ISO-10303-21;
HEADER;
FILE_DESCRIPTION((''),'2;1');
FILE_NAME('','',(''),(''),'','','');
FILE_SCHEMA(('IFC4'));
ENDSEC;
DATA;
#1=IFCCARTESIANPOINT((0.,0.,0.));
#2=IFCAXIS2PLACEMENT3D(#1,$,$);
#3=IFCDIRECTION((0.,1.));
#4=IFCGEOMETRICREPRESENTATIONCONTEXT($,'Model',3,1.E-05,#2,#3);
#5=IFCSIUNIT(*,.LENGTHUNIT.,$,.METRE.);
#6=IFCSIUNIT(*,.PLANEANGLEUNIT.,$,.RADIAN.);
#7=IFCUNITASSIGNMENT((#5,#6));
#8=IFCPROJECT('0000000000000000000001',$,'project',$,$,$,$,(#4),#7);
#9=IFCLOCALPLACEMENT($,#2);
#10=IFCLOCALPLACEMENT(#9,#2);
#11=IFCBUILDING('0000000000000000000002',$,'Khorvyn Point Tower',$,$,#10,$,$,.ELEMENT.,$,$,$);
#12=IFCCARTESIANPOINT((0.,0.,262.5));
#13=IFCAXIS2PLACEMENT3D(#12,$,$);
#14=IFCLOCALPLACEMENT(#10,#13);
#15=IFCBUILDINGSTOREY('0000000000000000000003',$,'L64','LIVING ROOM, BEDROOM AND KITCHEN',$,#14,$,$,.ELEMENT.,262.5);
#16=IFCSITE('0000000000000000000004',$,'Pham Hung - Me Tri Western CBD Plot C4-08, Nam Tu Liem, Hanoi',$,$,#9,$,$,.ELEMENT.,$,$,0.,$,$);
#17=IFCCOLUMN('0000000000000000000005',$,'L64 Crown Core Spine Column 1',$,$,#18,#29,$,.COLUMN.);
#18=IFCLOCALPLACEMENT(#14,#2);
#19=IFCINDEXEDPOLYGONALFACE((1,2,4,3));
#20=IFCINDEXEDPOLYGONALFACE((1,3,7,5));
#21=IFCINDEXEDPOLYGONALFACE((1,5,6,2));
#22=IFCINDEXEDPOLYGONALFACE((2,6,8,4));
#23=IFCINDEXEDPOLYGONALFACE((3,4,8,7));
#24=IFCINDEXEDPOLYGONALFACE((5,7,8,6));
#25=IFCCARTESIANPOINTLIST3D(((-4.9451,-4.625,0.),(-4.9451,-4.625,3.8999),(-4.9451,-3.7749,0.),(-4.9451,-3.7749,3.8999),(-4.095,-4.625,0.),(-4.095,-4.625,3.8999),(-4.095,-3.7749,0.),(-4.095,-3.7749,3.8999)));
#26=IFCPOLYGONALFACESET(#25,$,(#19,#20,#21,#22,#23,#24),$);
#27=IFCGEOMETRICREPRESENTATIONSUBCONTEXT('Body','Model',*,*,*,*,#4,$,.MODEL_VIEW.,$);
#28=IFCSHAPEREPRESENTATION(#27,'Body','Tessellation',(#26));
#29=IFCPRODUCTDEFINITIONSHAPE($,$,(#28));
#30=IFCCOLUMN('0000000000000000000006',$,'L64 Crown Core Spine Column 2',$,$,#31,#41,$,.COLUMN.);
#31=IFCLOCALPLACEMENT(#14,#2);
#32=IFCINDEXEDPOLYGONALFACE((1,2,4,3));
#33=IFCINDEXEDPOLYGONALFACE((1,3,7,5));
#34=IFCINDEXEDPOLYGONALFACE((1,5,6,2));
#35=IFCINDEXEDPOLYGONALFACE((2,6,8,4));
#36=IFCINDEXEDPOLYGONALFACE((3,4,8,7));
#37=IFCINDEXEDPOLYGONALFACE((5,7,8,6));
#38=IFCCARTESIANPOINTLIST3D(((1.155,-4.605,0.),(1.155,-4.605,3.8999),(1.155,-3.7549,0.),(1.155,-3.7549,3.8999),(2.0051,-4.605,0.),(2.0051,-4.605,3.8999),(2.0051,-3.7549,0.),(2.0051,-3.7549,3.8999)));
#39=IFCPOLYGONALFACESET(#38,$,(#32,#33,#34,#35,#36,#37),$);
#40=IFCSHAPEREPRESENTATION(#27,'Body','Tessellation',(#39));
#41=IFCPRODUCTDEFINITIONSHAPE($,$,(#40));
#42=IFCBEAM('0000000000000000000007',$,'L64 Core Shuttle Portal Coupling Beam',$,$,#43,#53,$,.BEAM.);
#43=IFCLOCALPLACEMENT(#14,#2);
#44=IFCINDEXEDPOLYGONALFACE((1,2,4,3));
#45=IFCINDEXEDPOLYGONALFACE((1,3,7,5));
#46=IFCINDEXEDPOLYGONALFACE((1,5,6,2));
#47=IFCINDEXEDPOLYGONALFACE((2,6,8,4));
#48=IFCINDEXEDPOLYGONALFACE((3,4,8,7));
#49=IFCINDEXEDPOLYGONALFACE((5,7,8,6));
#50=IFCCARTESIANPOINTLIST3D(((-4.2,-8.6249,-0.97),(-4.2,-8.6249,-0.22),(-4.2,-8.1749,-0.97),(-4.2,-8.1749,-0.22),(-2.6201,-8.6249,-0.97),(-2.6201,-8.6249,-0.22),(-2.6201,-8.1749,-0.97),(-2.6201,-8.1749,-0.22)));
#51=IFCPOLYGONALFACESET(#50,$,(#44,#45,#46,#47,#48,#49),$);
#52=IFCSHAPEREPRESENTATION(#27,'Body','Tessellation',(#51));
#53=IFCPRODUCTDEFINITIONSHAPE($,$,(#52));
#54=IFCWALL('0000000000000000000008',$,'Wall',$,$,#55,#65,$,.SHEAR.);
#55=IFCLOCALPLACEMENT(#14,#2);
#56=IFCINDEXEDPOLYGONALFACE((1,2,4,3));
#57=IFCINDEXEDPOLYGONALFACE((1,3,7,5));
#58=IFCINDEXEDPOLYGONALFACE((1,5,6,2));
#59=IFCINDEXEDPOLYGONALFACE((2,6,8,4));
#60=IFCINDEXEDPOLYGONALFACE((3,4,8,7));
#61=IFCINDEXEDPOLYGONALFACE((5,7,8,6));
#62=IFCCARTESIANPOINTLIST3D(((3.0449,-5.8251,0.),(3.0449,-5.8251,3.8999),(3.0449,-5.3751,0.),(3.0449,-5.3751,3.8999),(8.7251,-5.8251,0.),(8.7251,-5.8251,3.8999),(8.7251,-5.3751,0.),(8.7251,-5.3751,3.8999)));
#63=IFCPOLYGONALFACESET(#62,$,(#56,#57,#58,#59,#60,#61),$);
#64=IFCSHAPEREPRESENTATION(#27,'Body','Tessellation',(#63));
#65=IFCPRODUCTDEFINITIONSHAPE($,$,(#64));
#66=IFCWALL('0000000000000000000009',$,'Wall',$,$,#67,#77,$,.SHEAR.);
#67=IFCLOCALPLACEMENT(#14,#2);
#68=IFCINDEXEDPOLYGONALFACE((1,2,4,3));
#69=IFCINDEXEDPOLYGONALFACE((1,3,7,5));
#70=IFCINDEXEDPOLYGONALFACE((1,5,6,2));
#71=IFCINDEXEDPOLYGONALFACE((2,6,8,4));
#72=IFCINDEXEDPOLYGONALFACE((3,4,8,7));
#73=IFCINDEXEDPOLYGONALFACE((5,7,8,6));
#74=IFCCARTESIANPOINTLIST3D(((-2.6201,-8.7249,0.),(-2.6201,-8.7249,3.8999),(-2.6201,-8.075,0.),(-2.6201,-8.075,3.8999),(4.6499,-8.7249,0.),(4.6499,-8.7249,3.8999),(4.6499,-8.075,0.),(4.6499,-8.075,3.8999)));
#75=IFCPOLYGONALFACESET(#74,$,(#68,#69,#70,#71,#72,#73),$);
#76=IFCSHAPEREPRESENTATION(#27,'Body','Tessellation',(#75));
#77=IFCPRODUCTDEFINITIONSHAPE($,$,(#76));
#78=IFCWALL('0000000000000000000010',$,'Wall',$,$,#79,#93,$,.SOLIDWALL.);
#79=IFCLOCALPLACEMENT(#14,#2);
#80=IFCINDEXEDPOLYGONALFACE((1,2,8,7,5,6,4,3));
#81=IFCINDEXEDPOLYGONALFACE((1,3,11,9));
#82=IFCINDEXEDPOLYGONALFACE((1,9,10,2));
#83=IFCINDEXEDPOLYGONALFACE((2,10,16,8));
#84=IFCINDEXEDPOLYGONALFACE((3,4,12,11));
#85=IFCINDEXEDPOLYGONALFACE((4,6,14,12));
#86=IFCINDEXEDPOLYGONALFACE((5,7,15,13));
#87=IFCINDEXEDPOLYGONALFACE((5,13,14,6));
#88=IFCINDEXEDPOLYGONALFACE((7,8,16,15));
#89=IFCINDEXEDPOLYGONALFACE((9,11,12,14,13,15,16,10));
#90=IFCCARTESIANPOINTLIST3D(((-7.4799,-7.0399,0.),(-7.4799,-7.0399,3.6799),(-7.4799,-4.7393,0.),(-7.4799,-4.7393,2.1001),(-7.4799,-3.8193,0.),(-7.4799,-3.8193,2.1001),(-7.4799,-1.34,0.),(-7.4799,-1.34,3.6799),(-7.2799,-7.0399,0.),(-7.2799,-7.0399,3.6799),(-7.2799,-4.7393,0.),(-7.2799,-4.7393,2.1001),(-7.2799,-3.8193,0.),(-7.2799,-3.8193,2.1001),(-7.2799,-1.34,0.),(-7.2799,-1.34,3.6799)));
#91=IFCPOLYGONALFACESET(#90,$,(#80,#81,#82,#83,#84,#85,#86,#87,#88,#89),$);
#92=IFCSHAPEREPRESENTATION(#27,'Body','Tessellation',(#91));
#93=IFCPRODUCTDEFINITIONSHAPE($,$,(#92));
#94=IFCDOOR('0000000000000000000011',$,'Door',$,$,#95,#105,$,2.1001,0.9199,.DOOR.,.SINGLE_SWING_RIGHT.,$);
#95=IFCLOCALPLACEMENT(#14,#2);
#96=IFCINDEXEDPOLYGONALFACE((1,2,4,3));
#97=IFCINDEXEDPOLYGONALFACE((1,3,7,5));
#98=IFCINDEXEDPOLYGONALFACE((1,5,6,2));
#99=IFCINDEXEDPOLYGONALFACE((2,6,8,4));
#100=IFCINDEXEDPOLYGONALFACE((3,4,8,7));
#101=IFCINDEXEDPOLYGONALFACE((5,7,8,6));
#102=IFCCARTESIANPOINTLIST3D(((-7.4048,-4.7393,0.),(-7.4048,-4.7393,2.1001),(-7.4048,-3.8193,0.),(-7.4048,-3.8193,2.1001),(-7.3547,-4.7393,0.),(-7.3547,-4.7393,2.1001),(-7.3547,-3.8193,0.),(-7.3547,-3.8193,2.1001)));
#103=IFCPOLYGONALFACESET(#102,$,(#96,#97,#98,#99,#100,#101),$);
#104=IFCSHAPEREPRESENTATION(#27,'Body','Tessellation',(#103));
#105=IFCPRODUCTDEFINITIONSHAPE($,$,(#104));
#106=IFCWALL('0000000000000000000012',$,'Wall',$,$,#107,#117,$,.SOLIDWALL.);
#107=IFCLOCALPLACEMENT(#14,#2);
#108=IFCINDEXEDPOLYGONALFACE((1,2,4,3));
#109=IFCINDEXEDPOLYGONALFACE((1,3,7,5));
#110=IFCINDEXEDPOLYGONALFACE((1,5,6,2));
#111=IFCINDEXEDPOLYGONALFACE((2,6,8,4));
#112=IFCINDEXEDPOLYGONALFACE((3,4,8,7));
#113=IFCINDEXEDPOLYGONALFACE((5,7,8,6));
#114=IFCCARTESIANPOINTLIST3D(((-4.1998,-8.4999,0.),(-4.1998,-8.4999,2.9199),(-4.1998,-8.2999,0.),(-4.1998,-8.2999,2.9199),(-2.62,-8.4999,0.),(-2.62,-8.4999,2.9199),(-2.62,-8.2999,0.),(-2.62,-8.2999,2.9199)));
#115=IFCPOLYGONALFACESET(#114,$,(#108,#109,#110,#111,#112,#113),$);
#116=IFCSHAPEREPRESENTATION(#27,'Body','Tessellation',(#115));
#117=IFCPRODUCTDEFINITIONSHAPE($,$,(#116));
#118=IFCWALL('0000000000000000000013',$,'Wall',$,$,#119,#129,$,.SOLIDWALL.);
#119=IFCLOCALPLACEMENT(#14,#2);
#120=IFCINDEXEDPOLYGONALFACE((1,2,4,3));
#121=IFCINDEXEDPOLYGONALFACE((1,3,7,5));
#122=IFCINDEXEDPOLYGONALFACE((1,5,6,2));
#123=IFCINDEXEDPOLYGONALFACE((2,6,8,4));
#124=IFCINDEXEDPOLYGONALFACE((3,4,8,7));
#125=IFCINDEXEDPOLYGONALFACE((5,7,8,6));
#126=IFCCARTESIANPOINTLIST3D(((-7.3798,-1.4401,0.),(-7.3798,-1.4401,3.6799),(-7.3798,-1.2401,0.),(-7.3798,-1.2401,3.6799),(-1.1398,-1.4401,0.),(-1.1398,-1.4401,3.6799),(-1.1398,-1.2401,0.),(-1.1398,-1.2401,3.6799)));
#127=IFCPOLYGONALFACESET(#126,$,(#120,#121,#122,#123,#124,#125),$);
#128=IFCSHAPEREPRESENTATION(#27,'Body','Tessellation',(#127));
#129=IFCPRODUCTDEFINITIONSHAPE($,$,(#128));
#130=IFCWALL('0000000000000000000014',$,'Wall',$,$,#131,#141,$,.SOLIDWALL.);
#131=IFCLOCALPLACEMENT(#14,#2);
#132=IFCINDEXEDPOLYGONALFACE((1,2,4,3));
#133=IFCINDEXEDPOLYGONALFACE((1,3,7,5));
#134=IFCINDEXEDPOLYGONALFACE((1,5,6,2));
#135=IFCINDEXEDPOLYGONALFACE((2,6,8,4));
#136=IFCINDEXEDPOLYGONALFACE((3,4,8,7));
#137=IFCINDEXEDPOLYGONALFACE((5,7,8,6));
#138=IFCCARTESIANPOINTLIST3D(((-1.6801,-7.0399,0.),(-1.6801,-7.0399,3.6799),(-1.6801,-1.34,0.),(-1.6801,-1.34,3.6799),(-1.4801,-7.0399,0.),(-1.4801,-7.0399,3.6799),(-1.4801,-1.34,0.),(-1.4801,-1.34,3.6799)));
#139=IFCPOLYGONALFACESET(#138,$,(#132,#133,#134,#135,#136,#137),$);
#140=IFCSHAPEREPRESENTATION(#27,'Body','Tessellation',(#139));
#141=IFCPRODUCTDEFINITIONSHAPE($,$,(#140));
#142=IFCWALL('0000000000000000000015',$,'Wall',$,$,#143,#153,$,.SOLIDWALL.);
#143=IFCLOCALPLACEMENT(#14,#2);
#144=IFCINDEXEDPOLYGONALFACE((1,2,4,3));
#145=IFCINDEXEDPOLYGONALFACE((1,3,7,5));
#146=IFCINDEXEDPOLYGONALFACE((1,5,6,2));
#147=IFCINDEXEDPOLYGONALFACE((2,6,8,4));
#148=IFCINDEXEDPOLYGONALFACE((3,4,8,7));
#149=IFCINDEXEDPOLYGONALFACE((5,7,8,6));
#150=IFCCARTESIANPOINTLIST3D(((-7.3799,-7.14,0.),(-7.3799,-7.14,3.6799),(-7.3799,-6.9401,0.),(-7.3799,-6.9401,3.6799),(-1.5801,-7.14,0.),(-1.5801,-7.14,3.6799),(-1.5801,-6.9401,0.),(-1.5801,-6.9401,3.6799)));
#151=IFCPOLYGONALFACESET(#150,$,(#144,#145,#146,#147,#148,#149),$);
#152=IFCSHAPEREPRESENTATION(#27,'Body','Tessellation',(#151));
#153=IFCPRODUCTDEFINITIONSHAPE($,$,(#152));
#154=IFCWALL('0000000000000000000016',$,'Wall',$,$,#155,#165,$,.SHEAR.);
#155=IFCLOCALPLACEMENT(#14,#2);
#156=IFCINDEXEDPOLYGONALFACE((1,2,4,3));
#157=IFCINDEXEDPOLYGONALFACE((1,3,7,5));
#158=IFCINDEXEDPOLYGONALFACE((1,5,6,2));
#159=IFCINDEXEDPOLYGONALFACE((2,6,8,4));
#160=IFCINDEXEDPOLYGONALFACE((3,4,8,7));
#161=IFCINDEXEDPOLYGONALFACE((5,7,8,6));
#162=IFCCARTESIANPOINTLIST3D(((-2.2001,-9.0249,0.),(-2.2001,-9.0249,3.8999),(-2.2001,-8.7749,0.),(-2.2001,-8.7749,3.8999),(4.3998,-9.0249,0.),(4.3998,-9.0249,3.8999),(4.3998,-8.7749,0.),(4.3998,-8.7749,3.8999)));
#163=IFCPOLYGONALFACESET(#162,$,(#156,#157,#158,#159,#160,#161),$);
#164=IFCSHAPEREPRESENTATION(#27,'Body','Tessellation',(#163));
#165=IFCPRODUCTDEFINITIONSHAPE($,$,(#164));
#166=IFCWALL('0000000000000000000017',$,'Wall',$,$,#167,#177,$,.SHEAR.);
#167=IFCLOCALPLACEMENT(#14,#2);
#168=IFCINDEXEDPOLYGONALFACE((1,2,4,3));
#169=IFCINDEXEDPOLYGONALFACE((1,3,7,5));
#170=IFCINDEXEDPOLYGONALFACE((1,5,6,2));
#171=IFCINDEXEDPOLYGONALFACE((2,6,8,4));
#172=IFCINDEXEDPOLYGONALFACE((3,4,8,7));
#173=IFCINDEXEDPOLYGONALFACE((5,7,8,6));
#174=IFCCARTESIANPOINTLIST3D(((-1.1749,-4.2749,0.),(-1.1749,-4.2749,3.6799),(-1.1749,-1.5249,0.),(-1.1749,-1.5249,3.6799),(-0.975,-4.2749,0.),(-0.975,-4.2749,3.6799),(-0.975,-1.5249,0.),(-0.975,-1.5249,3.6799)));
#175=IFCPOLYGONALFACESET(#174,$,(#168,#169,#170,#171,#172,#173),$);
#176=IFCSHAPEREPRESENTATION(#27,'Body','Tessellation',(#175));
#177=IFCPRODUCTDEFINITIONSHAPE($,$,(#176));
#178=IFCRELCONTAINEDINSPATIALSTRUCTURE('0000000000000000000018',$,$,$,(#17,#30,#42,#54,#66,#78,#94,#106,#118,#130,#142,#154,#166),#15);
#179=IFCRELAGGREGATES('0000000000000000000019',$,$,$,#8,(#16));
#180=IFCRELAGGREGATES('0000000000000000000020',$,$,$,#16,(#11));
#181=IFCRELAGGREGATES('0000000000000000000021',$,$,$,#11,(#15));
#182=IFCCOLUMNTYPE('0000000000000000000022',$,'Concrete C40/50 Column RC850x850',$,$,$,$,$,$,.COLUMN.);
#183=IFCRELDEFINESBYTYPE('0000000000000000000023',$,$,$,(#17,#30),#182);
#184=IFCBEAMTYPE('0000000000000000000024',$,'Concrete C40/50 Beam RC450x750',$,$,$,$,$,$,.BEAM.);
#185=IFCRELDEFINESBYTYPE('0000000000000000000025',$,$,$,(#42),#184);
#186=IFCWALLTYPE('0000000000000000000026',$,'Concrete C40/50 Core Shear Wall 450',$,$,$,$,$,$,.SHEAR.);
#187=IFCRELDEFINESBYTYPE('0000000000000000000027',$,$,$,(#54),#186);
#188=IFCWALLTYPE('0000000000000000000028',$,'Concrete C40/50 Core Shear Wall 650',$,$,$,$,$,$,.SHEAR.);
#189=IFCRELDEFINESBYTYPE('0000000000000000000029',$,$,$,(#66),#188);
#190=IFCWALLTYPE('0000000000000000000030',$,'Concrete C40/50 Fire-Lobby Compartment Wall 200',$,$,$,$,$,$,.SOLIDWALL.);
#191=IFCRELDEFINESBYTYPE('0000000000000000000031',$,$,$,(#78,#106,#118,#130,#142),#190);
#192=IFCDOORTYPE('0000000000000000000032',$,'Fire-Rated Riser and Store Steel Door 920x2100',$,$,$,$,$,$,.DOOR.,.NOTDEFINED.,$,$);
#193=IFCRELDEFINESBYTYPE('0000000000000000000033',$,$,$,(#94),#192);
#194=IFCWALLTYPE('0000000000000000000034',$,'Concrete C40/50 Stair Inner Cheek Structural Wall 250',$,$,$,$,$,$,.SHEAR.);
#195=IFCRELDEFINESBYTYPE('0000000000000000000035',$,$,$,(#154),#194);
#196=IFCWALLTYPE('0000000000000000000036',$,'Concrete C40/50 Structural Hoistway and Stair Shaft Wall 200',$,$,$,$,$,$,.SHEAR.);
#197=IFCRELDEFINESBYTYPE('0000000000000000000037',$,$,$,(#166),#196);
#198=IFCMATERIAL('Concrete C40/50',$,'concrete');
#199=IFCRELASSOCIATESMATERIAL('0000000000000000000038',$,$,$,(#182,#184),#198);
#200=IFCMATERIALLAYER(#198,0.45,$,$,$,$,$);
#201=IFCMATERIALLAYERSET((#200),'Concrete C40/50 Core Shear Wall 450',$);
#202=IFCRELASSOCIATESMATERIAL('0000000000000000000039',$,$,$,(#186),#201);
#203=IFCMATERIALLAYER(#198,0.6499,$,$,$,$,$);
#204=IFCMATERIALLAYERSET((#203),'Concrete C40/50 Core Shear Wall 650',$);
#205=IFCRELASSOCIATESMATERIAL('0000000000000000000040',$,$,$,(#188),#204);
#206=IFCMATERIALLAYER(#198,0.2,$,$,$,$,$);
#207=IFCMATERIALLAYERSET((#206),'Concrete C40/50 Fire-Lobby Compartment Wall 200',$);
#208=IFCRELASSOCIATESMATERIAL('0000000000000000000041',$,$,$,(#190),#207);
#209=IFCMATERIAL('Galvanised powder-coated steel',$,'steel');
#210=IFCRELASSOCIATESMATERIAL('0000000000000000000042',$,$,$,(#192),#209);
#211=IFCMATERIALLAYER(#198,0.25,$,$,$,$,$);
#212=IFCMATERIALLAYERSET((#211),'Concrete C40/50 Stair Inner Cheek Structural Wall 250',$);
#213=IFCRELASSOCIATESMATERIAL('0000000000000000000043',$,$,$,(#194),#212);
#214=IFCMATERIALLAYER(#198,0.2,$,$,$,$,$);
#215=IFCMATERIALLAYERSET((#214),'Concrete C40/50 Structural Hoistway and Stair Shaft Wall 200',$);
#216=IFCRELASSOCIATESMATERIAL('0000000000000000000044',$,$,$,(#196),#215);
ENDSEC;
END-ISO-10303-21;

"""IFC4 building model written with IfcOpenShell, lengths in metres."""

from ifc_helpers import new_model, si_unit, direction, frame, frame_2d, origin, origin_2d, place, context, subcontext, project, spatial, rectangle, extrude, material, layer, layer_set, material_profile, profile_set, type_object, element, fill, save


model = new_model("IFC4")

# Units and contexts
model_context = context("Model", 3, precision=1e-05, world=origin(), true_north=direction((0.0, 1.0)))
body_context = subcontext(model_context, "Body", "Model", "MODEL_VIEW")
ifc_project = project(units=[si_unit("LENGTHUNIT", "METRE"), si_unit("PLANEANGLEUNIT", "RADIAN")], contexts=[model_context])

# Site, building, storey
site_placement = place(None, origin())
site = spatial("IfcSite", under=ifc_project, at=site_placement, Name="Pham Hung - Me Tri Western CBD Plot C4-08, Nam Tu Liem, Hanoi", CompositionType="ELEMENT", RefElevation=0.0)
building_placement = place(site_placement, origin())
building = spatial("IfcBuilding", under=site, at=building_placement, Name="Khorvyn Point Tower", CompositionType="ELEMENT")
storey_placement = place(building_placement, frame((0.0, 0.0, 262.5)))
storey = spatial("IfcBuildingStorey", under=building, at=storey_placement, Name="L64", Description="LIVING ROOM, BEDROOM AND KITCHEN", CompositionType="ELEMENT", Elevation=262.5)

# Columns
ifc_material_1 = material(Name="Concrete C40/50", Category="concrete")
ifc_material_profile_1 = material_profile(ifc_material_1, rectangle(XDim=0.8501, YDim=0.8501, at=origin_2d()))
ifc_profile_set_1 = profile_set([ifc_material_profile_1], Name="Concrete C40/50 RC850x850")
column_type = type_object("IfcColumnType", Name="Concrete C40/50 Column RC850x850", PredefinedType="COLUMN", material=ifc_profile_set_1)
for number, where, z_axis, x_axis, name in (
    (1, (-4.52, -4.2, 0.0), (0.0, 0.0, 1.0), (1.0, 0.0, 0.0), "L64 Crown Core Spine Column 1"),
    (2, (1.5801, -4.1799, 0.0), (0.0, 0.0, 1.0), (1.0, 0.0, 0.0), "L64 Crown Core Spine Column 2"),
):
    element("IfcColumn", number, at=place(storey_placement, frame(where, z_axis=z_axis, x_axis=x_axis)), inside=storey, type_object=column_type, Name=name, PredefinedType="COLUMN", context=body_context, shape_type="SweptSolid", body=[
        extrude(rectangle(XDim=0.8501, YDim=0.8501, at=origin_2d()), origin(), (0.0, 0.0, 1.0), 3.8999),
    ])

# Beam
ifc_material_profile_2 = material_profile(ifc_material_1, rectangle(XDim=0.45, YDim=0.75, at=origin_2d()))
ifc_profile_set_2 = profile_set([ifc_material_profile_2], Name="Concrete C40/50 RC450x750")
beam_type = type_object("IfcBeamType", Name="Concrete C40/50 Beam RC450x750", PredefinedType="BEAM", material=ifc_profile_set_2)
beam_placement = place(storey_placement, frame((-4.2, -8.3999, -0.595), z_axis=(1.0, 0.0, 0.0), x_axis=(0.0, 1.0, 0.0)))
element("IfcBeam", 3, at=beam_placement, inside=storey, type_object=beam_type, Name="L64 Core Shuttle Portal Coupling Beam", PredefinedType="BEAM", context=body_context, shape_type="SweptSolid", body=[
    extrude(rectangle(XDim=0.45, YDim=0.75, at=origin_2d()), origin(), (0.0, 0.0, 1.0), 1.5798),
])

# Walls
ifc_layer_1 = layer(ifc_material_1, 0.45)
ifc_layer_set_1 = layer_set([ifc_layer_1], Name="Concrete C40/50 Core Shear Wall 450")
wall_type_1 = type_object("IfcWallType", Name="Concrete C40/50 Core Shear Wall 450", PredefinedType="SHEAR", material=ifc_layer_set_1)
wall_1_placement = place(storey_placement, frame((3.0449, -5.6001, 0.0), z_axis=(0.0, 0.0, 1.0), x_axis=(1.0, 0.0, 0.0)))
element("IfcWall", 4, at=wall_1_placement, inside=storey, type_object=wall_type_1, Name="Wall", PredefinedType="SHEAR", context=body_context, shape_type="SweptSolid", body=[
    extrude(rectangle(XDim=5.6802, YDim=0.45, at=frame_2d((2.8401, 0.0))), origin(), (0.0, 0.0, 1.0), 3.8999),
])
ifc_layer_2 = layer(ifc_material_1, 0.6499)
ifc_layer_set_2 = layer_set([ifc_layer_2], Name="Concrete C40/50 Core Shear Wall 650")
wall_type_2 = type_object("IfcWallType", Name="Concrete C40/50 Core Shear Wall 650", PredefinedType="SHEAR", material=ifc_layer_set_2)
wall_2_placement = place(storey_placement, frame((-2.6201, -8.3999, 0.0), z_axis=(0.0, 0.0, 1.0), x_axis=(1.0, 0.0, 0.0)))
element("IfcWall", 5, at=wall_2_placement, inside=storey, type_object=wall_type_2, Name="Wall", PredefinedType="SHEAR", context=body_context, shape_type="SweptSolid", body=[
    extrude(rectangle(XDim=7.27, YDim=0.6499, at=frame_2d((3.635, 0.0))), origin(), (0.0, 0.0, 1.0), 3.8999),
])

# Wall, opening, door
ifc_layer_3 = layer(ifc_material_1, 0.2)
ifc_layer_set_3 = layer_set([ifc_layer_3], Name="Concrete C40/50 Fire-Lobby Compartment Wall 200")
wall_type_3 = type_object("IfcWallType", Name="Concrete C40/50 Fire-Lobby Compartment Wall 200", PredefinedType="SOLIDWALL", material=ifc_layer_set_3)
wall_3_placement = place(storey_placement, frame((-7.3799, -7.04, 0.0), z_axis=(0.0, 0.0, 1.0), x_axis=(0.0, 1.0, 0.0)))
wall_3 = element("IfcWall", 6, at=wall_3_placement, inside=storey, type_object=wall_type_3, Name="Wall", PredefinedType="SOLIDWALL", context=body_context, shape_type="SweptSolid", body=[
    extrude(rectangle(XDim=5.7, YDim=0.2, at=frame_2d((2.8501, 0.0))), origin(), (0.0, 0.0, 1.0), 3.6799),
])
opening_1_placement = place(wall_3_placement, frame((2.3008, 0.0, 0.0)))
opening_1 = element("IfcOpeningElement", 7, at=opening_1_placement, cuts=wall_3, PredefinedType="OPENING", context=body_context, shape_type="SweptSolid", body=[
    extrude(rectangle(XDim=0.9199, YDim=2.1001, at=frame_2d((0.46, 1.05))), frame((0.0, 0.1099, 0.0), z_axis=(0.0, -1.0, 0.0), x_axis=(1.0, 0.0, 0.0)), (0.0, 0.0, 1.0), 0.22),
])
ifc_material_2 = material(Name="Galvanised powder-coated steel", Category="steel")
door_type_1 = type_object("IfcDoorType", Name="Fire-Rated Riser and Store Steel Door 920x2100", OperationType="NOTDEFINED", PredefinedType="DOOR", material=ifc_material_2)
door_1_placement = place(opening_1_placement, origin())
door_1 = element("IfcDoor", 8, at=door_1_placement, inside=storey, type_object=door_type_1, Name="Door", OperationType="SINGLE_SWING_RIGHT", OverallHeight=2.1001, OverallWidth=0.9199, PredefinedType="DOOR", context=body_context, shape_type="SweptSolid", body=[
    extrude(rectangle(XDim=0.9199, YDim=2.1001, at=frame_2d((0.46, 1.05))), frame((0.0, 0.0249, 0.0), z_axis=(0.0, -1.0, 0.0), x_axis=(1.0, 0.0, 0.0)), (0.0, 0.0, 1.0), 0.05),
])
fill(opening_1, door_1)

# Walls
wall_4_placement = place(storey_placement, frame((-4.2, -8.3999, 0.0), z_axis=(0.0, 0.0, 1.0), x_axis=(1.0, 0.0, 0.0)))
element("IfcWall", 9, at=wall_4_placement, inside=storey, type_object=wall_type_3, Name="Wall", PredefinedType="SOLIDWALL", context=body_context, shape_type="SweptSolid", body=[
    extrude(rectangle(XDim=1.5798, YDim=0.2, at=frame_2d((0.79, 0.0))), origin(), (0.0, 0.0, 1.0), 2.9199),
])
wall_5_placement = place(storey_placement, frame((-7.3799, -1.3401, 0.0), z_axis=(0.0, 0.0, 1.0), x_axis=(1.0, 0.0, 0.0)))
element("IfcWall", 10, at=wall_5_placement, inside=storey, type_object=wall_type_3, Name="Wall", PredefinedType="SOLIDWALL", context=body_context, shape_type="SweptSolid", body=[
    extrude(rectangle(XDim=6.24, YDim=0.2, at=frame_2d((3.1201, 0.0))), origin(), (0.0, 0.0, 1.0), 3.6799),
])
wall_6_placement = place(storey_placement, frame((-1.5801, -7.04, 0.0), z_axis=(0.0, 0.0, 1.0), x_axis=(0.0, 1.0, 0.0)))
element("IfcWall", 11, at=wall_6_placement, inside=storey, type_object=wall_type_3, Name="Wall", PredefinedType="SOLIDWALL", context=body_context, shape_type="SweptSolid", body=[
    extrude(rectangle(XDim=5.7, YDim=0.2, at=frame_2d((2.8501, 0.0))), origin(), (0.0, 0.0, 1.0), 3.6799),
])
wall_7_placement = place(storey_placement, frame((-7.3799, -7.04, 0.0), z_axis=(0.0, 0.0, 1.0), x_axis=(1.0, 0.0, 0.0)))
element("IfcWall", 12, at=wall_7_placement, inside=storey, type_object=wall_type_3, Name="Wall", PredefinedType="SOLIDWALL", context=body_context, shape_type="SweptSolid", body=[
    extrude(rectangle(XDim=5.7998, YDim=0.2, at=frame_2d((2.8999, 0.0))), origin(), (0.0, 0.0, 1.0), 3.6799),
])
ifc_layer_4 = layer(ifc_material_1, 0.25)
ifc_layer_set_4 = layer_set([ifc_layer_4], Name="Concrete C40/50 Stair Inner Cheek Structural Wall 250")
wall_type_4 = type_object("IfcWallType", Name="Concrete C40/50 Stair Inner Cheek Structural Wall 250", PredefinedType="SHEAR", material=ifc_layer_set_4)
wall_8_placement = place(storey_placement, frame((-2.2, -8.8999, 0.0), z_axis=(0.0, 0.0, 1.0), x_axis=(1.0, 0.0, 0.0)))
element("IfcWall", 13, at=wall_8_placement, inside=storey, type_object=wall_type_4, Name="Wall", PredefinedType="SHEAR", context=body_context, shape_type="SweptSolid", body=[
    extrude(rectangle(XDim=6.5999, YDim=0.25, at=frame_2d((3.2998, 0.0))), origin(), (0.0, 0.0, 1.0), 3.8999),
])
ifc_layer_5 = layer(ifc_material_1, 0.2)
ifc_layer_set_5 = layer_set([ifc_layer_5], Name="Concrete C40/50 Structural Hoistway and Stair Shaft Wall 200")
wall_type_5 = type_object("IfcWallType", Name="Concrete C40/50 Structural Hoistway and Stair Shaft Wall 200", PredefinedType="SHEAR", material=ifc_layer_set_5)
wall_9_placement = place(storey_placement, frame((-1.075, -4.2749, 0.0), z_axis=(0.0, 0.0, 1.0), x_axis=(0.0, 1.0, 0.0)))
element("IfcWall", 14, at=wall_9_placement, inside=storey, type_object=wall_type_5, Name="Wall", PredefinedType="SHEAR", context=body_context, shape_type="SweptSolid", body=[
    extrude(rectangle(XDim=2.75, YDim=0.2, at=frame_2d((1.375, 0.0))), origin(), (0.0, 0.0, 1.0), 3.6799),
])

save(model, "model.ifc")
